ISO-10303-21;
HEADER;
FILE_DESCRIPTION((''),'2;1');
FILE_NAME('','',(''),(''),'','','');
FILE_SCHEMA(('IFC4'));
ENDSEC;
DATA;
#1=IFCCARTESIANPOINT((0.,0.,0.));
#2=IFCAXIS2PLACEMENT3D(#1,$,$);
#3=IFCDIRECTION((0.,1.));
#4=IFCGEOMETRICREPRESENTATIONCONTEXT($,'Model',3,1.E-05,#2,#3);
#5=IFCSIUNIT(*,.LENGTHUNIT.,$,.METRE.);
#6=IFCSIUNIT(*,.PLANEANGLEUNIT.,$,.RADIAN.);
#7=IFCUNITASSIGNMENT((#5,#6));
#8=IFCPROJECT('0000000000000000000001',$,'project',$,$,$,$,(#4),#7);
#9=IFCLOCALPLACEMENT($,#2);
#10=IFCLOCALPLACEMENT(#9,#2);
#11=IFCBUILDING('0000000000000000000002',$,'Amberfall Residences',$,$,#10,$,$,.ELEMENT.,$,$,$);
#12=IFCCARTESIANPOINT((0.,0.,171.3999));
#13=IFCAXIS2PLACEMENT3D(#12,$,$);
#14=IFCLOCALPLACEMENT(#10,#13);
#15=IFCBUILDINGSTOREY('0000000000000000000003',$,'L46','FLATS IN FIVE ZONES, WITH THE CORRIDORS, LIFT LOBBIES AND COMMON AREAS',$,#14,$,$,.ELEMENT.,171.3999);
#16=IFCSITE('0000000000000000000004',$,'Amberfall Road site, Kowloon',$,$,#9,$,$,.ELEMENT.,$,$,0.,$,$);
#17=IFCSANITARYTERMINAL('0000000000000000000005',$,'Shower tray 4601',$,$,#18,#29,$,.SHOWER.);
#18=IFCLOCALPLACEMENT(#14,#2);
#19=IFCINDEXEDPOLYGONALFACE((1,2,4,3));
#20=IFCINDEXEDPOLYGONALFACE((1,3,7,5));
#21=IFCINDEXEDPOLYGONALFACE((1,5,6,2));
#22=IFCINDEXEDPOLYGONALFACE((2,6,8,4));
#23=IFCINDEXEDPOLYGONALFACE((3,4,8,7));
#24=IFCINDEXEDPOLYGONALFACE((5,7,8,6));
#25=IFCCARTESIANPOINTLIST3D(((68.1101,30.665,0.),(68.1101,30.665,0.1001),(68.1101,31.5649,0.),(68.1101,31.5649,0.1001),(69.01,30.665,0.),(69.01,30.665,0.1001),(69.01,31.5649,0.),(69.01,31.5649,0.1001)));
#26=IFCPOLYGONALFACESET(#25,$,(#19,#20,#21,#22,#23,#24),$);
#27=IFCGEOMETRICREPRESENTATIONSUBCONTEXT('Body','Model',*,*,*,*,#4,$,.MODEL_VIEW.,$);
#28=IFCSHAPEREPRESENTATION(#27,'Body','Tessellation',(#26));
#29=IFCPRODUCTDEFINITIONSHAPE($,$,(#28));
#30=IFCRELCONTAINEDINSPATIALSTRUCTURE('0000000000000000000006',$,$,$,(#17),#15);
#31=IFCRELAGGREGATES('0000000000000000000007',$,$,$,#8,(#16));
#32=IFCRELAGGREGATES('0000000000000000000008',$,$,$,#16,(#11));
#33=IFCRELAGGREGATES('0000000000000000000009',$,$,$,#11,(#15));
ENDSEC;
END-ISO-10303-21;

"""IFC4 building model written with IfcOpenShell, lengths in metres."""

from ifc_helpers import new_model, si_unit, direction, frame, origin, origin_2d, place, context, subcontext, project, spatial, rectangle, extrude, element, save


model = new_model("IFC4")

# Units and contexts
model_context = context("Model", 3, precision=1e-05, world=origin(), true_north=direction((0.0, 1.0)))
body_context = subcontext(model_context, "Body", "Model", "MODEL_VIEW")
ifc_project = project(units=[si_unit("LENGTHUNIT", "METRE"), si_unit("PLANEANGLEUNIT", "RADIAN")], contexts=[model_context])

# Site, building, storey
site_placement = place(None, origin())
site = spatial("IfcSite", under=ifc_project, at=site_placement, Name="Amberfall Road site, Kowloon", CompositionType="ELEMENT", RefElevation=0.0)
building_placement = place(site_placement, origin())
building = spatial("IfcBuilding", under=site, at=building_placement, Name="Amberfall Residences", CompositionType="ELEMENT")
storey_placement = place(building_placement, frame((0.0, 0.0, 171.3999)))
storey = spatial("IfcBuildingStorey", under=building, at=storey_placement, Name="L46", Description="FLATS IN FIVE ZONES, WITH THE CORRIDORS, LIFT LOBBIES AND COMMON AREAS", CompositionType="ELEMENT", Elevation=171.3999)

# Sanitary terminal
sanitary_terminal_1_placement = place(storey_placement, frame((68.5601, 31.115, 0.0), z_axis=(0.0, 0.0, 1.0), x_axis=(1.0, 0.0, 0.0)))
element("IfcSanitaryTerminal", 1, at=sanitary_terminal_1_placement, inside=storey, Name="Shower tray 4601", PredefinedType="SHOWER", context=body_context, shape_type="SweptSolid", body=[
    extrude(rectangle(XDim=0.8999, YDim=0.8999, at=origin_2d()), origin(), (0.0, 0.0, 1.0), 0.1001),
])

save(model, "model.ifc")
